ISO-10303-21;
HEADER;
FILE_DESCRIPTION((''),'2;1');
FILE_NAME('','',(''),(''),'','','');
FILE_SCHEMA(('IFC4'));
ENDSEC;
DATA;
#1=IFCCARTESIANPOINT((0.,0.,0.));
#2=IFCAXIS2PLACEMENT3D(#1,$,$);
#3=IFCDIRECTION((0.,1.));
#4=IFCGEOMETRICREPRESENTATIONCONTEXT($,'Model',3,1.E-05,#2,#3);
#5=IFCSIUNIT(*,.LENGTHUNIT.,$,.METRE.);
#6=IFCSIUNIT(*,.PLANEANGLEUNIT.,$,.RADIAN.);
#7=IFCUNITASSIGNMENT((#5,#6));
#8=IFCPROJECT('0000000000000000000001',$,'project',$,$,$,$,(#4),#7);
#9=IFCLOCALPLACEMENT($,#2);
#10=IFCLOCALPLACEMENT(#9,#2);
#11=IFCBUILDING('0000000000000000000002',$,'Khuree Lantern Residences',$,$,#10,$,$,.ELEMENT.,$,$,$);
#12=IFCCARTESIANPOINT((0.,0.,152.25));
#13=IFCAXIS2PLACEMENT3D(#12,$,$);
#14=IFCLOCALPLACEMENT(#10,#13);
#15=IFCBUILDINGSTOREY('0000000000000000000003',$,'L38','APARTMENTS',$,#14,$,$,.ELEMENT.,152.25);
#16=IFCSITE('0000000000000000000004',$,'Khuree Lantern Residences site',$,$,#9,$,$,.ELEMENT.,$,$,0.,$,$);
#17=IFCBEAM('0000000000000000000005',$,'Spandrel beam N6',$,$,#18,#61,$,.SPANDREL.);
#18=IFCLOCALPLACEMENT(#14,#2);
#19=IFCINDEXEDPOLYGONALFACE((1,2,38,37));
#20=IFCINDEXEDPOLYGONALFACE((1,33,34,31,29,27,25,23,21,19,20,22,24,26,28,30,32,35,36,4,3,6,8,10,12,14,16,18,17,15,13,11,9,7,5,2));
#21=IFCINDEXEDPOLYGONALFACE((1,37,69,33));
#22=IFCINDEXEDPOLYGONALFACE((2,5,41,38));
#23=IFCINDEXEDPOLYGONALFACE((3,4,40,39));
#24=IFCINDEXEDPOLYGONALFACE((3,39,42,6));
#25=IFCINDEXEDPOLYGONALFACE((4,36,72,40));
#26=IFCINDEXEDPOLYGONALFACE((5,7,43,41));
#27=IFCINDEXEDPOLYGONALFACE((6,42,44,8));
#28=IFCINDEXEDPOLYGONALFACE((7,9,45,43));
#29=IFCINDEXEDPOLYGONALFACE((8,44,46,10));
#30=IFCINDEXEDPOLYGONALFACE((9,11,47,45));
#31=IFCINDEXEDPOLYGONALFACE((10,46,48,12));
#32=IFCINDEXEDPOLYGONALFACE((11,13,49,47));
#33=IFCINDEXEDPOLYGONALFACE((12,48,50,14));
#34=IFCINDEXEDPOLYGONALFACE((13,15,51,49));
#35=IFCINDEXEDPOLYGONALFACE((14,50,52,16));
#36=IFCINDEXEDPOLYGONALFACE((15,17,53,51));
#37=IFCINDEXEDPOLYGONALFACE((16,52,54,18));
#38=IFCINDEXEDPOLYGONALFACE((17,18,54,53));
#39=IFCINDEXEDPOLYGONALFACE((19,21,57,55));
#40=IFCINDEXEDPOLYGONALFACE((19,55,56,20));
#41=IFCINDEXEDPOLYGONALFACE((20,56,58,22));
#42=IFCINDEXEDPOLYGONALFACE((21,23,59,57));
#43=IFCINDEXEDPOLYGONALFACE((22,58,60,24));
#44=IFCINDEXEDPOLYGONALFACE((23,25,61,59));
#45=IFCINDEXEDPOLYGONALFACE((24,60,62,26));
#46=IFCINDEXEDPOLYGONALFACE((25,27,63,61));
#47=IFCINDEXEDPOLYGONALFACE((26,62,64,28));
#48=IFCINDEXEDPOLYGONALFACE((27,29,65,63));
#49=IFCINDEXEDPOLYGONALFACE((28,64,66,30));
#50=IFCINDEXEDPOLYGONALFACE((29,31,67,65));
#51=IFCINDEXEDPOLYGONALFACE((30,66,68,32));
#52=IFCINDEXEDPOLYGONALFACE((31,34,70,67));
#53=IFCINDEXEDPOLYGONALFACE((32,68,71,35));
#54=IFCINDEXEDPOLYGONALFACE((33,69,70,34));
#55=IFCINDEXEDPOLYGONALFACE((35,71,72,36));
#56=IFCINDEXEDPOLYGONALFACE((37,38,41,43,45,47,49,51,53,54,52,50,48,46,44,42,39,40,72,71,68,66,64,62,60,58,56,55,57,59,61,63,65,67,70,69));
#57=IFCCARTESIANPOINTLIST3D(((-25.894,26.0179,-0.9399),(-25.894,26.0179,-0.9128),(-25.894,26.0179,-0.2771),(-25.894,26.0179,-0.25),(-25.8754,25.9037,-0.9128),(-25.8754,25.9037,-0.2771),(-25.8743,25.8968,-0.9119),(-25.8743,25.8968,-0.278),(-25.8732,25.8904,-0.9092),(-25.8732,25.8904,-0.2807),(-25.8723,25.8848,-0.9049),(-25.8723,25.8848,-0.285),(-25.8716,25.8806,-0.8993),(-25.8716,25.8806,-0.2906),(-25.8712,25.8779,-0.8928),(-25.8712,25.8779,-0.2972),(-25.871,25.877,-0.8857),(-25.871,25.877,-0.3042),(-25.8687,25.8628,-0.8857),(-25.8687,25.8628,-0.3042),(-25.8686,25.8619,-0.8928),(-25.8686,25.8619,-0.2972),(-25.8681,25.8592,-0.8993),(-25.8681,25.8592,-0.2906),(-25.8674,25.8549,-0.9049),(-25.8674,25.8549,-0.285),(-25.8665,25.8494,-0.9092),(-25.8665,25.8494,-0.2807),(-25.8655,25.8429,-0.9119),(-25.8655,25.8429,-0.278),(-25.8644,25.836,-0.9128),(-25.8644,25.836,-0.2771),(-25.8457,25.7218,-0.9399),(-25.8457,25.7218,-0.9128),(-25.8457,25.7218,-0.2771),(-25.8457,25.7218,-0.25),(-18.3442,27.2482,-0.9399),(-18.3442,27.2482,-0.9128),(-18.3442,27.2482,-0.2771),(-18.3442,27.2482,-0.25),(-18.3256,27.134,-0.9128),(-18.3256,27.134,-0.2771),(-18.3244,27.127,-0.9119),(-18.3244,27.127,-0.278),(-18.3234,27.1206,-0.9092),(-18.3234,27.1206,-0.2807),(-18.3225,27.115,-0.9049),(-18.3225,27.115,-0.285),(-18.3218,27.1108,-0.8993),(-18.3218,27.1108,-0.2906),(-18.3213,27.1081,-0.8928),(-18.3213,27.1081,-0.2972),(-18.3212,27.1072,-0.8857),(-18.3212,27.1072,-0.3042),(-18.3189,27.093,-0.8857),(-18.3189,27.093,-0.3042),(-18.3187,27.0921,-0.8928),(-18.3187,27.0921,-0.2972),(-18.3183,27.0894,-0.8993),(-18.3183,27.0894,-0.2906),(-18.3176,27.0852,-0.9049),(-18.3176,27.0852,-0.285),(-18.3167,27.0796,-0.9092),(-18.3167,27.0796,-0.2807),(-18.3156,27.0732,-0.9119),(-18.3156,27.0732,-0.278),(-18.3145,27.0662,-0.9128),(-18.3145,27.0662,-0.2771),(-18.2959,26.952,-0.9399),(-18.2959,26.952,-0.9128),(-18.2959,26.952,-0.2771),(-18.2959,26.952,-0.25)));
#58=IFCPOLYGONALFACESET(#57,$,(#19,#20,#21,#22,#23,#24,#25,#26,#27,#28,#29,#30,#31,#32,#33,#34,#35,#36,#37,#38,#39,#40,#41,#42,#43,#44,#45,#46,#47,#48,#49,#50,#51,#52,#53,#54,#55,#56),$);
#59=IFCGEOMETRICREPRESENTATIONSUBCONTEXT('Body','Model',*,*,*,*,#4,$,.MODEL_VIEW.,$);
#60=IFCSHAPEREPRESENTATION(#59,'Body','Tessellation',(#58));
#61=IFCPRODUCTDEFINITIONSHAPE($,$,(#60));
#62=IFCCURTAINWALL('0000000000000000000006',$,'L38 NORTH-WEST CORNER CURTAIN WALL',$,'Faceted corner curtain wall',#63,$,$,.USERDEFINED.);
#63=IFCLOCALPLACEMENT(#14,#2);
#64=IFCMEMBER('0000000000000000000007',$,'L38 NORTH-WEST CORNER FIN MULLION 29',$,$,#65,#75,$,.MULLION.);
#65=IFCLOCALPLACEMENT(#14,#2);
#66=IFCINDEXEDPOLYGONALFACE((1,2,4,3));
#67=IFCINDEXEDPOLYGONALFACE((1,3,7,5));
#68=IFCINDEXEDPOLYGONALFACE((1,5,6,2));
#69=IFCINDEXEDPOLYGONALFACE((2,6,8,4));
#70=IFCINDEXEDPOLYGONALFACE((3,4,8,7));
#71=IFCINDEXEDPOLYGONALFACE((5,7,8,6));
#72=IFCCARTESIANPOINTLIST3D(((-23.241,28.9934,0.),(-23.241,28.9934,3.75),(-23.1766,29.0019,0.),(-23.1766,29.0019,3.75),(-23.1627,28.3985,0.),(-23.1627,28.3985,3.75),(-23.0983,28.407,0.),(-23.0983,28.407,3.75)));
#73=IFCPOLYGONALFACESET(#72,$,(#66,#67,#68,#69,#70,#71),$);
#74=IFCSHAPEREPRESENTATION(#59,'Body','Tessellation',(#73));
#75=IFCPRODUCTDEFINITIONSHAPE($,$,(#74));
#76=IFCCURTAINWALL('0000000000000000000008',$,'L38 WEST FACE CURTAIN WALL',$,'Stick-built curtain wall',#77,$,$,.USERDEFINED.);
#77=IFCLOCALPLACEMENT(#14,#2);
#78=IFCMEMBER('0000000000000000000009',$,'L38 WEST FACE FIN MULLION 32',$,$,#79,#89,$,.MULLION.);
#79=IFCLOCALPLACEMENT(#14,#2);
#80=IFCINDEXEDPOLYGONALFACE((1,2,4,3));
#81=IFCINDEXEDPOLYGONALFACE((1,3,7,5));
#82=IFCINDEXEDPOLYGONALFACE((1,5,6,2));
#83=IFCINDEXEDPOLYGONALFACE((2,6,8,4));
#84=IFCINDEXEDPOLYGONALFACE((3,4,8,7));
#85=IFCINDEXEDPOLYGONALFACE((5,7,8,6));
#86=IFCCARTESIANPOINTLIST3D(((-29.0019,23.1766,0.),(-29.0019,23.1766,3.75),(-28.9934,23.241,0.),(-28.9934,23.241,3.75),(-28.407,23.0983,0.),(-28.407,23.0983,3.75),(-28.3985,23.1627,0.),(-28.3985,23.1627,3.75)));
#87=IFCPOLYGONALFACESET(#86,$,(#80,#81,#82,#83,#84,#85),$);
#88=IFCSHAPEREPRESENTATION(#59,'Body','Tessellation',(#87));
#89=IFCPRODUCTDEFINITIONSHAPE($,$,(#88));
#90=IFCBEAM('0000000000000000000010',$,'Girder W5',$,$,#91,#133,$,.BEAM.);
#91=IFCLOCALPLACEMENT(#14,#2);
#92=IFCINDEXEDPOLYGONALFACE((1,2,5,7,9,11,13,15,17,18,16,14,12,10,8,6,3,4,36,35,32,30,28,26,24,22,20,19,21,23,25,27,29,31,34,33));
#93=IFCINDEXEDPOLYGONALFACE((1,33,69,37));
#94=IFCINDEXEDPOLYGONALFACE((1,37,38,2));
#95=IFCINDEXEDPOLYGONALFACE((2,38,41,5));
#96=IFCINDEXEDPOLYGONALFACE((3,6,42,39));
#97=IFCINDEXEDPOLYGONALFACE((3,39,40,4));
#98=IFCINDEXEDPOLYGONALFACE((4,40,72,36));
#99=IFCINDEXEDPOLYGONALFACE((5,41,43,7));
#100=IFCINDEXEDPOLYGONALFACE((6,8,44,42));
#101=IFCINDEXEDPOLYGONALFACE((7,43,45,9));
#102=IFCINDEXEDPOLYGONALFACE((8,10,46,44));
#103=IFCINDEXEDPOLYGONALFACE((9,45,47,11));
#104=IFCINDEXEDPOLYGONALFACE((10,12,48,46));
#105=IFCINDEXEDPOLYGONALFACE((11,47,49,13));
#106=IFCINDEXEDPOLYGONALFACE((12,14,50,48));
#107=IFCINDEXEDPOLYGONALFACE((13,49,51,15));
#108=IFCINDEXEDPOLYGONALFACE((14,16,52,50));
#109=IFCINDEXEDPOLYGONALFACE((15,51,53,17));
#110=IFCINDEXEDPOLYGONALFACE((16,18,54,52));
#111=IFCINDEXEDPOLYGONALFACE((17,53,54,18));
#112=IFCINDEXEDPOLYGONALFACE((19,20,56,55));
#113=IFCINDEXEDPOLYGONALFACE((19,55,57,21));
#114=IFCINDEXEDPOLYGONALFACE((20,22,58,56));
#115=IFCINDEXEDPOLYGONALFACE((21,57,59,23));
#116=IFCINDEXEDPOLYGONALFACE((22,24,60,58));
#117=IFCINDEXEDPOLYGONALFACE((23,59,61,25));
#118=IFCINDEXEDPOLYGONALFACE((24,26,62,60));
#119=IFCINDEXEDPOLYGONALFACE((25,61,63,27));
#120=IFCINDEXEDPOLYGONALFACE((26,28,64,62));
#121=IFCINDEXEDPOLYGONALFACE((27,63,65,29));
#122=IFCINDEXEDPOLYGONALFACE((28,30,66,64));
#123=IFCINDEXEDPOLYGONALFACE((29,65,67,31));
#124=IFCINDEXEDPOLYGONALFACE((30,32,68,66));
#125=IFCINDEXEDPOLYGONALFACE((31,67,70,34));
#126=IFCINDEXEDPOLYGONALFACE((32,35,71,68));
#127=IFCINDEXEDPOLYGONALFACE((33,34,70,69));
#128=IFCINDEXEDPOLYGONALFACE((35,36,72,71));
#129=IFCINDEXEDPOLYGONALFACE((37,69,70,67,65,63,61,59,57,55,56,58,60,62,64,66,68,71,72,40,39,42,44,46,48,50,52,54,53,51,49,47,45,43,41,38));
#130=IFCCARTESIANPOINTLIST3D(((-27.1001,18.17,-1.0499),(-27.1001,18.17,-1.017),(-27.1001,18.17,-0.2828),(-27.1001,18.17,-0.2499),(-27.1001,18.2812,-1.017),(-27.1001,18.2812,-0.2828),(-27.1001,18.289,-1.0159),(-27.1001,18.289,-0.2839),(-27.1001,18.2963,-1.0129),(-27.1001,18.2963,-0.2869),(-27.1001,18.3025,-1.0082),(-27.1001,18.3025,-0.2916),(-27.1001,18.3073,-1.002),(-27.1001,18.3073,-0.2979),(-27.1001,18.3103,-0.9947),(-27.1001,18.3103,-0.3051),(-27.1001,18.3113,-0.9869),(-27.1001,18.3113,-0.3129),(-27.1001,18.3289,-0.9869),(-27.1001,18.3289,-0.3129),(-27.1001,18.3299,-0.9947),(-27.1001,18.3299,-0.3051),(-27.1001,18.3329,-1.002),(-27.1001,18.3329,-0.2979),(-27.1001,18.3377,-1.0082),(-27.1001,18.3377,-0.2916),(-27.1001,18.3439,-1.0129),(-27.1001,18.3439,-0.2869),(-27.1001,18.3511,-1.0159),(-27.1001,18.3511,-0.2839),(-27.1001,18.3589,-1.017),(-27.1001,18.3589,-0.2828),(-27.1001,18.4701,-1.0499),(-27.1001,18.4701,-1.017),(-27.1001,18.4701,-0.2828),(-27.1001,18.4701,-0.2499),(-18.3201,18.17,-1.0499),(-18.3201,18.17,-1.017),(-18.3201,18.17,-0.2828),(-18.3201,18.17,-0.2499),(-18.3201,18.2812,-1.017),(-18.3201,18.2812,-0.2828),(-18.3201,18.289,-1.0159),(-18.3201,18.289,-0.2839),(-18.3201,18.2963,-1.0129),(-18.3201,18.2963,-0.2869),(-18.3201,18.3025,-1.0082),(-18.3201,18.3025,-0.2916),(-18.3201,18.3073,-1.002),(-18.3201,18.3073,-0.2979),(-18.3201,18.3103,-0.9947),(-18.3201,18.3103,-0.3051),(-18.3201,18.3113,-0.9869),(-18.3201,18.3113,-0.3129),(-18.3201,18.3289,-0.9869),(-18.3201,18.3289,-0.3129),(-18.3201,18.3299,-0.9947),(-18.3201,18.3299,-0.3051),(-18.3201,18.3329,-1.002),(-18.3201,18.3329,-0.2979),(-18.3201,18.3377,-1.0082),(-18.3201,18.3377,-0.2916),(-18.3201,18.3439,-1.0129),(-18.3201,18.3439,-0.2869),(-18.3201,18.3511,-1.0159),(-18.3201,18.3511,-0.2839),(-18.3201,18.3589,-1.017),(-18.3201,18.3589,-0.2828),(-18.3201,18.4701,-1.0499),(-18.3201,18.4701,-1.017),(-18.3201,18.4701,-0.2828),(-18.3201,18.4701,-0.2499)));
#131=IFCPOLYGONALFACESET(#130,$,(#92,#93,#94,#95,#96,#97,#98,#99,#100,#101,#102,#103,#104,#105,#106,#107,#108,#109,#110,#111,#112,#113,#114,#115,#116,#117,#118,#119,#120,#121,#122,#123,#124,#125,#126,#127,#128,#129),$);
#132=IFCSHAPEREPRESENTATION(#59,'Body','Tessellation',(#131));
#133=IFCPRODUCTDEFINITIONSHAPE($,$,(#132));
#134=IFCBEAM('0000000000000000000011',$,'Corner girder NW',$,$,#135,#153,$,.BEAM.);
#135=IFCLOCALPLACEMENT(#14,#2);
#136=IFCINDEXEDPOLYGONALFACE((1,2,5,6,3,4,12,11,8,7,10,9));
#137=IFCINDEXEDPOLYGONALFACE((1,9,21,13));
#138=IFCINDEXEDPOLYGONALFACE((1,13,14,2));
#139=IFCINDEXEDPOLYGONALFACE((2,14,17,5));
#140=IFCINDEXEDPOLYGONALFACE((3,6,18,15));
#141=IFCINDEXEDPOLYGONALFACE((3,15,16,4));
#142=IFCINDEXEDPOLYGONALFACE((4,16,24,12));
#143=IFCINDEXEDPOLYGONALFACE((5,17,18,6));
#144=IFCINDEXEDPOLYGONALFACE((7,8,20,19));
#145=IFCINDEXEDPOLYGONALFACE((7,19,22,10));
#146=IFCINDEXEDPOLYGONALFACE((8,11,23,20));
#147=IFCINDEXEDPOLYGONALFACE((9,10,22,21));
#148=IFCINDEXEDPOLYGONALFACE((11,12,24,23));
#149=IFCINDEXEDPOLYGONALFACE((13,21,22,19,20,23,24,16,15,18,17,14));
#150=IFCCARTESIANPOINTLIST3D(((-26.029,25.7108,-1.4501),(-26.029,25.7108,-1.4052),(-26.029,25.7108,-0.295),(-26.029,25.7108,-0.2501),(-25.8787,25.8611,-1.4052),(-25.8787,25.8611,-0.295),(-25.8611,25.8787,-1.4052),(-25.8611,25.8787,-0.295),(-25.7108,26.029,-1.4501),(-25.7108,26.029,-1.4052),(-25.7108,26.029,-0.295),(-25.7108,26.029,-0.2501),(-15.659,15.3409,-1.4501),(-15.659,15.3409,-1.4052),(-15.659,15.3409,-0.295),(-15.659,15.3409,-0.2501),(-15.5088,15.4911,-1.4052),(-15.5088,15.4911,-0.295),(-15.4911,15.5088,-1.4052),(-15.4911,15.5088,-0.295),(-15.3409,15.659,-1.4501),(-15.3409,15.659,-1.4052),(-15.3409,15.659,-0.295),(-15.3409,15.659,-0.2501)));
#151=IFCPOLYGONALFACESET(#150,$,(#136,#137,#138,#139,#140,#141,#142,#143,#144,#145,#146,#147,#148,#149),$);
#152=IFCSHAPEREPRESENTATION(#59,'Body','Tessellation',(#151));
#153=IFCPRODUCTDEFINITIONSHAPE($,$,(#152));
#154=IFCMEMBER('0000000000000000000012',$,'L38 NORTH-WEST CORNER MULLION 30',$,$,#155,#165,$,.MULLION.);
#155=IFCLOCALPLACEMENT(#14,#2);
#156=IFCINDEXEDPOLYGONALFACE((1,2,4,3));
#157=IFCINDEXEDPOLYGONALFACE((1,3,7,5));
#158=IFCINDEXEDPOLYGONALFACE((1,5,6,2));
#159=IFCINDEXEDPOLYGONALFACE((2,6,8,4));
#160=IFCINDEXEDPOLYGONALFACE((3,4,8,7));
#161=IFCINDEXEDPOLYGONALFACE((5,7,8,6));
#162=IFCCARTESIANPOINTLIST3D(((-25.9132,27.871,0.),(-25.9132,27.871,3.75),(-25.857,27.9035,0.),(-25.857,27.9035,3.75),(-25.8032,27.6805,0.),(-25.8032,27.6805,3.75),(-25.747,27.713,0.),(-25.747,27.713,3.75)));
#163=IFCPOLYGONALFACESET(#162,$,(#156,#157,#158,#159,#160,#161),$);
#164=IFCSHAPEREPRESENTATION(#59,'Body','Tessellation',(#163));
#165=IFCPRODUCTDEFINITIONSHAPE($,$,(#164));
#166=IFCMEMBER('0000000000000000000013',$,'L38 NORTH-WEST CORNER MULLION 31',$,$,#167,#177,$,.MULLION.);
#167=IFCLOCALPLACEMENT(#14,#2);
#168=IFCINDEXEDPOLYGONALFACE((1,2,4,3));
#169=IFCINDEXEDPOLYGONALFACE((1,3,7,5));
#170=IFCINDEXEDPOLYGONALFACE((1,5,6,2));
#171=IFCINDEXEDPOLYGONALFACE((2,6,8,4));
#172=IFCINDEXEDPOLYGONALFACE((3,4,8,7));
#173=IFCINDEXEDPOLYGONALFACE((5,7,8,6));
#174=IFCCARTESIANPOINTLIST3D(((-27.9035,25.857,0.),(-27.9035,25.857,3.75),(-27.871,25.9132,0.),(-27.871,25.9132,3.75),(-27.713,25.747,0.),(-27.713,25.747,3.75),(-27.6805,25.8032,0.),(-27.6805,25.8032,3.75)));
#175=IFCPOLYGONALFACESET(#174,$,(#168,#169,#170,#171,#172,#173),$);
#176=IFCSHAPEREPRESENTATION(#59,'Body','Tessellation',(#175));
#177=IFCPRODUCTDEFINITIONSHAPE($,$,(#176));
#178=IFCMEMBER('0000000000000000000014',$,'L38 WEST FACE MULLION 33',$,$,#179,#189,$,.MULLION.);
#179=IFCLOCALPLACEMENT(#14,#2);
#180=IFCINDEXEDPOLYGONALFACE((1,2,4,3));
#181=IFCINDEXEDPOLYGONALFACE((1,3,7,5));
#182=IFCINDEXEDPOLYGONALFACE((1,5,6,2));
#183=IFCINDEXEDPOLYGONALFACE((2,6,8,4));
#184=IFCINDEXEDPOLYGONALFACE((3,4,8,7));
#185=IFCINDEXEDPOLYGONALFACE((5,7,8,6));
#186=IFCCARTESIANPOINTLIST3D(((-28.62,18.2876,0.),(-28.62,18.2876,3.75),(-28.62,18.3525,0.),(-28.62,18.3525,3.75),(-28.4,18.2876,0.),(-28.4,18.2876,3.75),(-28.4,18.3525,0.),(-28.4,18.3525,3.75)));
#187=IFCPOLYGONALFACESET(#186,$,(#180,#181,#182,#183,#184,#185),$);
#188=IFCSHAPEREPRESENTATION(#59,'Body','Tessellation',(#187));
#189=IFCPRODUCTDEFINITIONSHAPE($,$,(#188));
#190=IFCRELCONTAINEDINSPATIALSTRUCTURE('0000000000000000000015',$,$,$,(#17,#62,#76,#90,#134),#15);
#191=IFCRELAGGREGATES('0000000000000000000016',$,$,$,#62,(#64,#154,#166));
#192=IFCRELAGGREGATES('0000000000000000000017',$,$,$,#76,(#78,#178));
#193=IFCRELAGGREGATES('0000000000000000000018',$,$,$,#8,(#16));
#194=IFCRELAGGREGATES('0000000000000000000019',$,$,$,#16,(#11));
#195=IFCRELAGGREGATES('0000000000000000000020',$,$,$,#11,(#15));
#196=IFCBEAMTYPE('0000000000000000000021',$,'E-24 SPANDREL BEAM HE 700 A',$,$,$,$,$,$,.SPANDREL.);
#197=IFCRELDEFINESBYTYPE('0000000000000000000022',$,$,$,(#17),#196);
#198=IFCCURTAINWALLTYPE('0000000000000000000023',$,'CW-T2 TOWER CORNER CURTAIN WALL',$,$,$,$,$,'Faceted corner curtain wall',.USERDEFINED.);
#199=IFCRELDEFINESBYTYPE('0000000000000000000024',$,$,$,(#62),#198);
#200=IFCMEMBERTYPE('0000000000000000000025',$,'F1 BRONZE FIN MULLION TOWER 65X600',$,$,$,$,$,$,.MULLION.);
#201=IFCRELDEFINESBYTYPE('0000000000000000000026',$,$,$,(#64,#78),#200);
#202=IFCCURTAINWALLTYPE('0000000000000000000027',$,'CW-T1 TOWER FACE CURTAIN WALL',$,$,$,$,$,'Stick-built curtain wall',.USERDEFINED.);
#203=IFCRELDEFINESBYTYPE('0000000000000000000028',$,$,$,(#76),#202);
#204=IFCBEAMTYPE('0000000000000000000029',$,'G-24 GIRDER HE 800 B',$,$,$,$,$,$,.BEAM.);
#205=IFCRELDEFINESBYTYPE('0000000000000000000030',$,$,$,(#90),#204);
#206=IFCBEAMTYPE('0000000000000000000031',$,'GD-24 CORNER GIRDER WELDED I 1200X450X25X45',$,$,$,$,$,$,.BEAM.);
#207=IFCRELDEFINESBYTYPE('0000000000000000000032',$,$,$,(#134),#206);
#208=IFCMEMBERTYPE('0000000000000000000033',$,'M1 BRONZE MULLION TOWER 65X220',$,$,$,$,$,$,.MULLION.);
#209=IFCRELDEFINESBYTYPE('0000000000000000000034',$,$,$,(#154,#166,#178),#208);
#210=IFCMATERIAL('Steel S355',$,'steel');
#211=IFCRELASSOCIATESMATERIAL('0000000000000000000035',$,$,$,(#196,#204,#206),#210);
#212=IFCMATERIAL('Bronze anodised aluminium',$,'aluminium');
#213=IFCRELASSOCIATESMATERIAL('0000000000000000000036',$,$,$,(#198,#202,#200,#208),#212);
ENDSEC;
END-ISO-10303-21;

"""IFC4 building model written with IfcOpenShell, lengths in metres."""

from ifc_helpers import new_model, si_unit, direction, frame, origin, origin_2d, place, context, subcontext, project, spatial, rectangle, i_section, extrude, material, material_profile, profile_set, type_object, element, aggregate, save


model = new_model("IFC4")

# Units and contexts
model_context = context("Model", 3, precision=1e-05, world=origin(), true_north=direction((0.0, 1.0)))
body_context = subcontext(model_context, "Body", "Model", "MODEL_VIEW")
ifc_project = project(units=[si_unit("LENGTHUNIT", "METRE"), si_unit("PLANEANGLEUNIT", "RADIAN")], contexts=[model_context])

# Site, building, storey
site_placement = place(None, origin())
site = spatial("IfcSite", under=ifc_project, at=site_placement, Name="Khuree Lantern Residences site", CompositionType="ELEMENT", RefElevation=0.0)
building_placement = place(site_placement, origin())
building = spatial("IfcBuilding", under=site, at=building_placement, Name="Khuree Lantern Residences", CompositionType="ELEMENT")
storey_placement = place(building_placement, frame((0.0, 0.0, 152.25)))
storey = spatial("IfcBuildingStorey", under=building, at=storey_placement, Name="L38", Description="APARTMENTS", CompositionType="ELEMENT", Elevation=152.25)

# Beam
ifc_material_1 = material(Name="Steel S355", Category="steel")
ifc_material_profile_1 = material_profile(ifc_material_1, i_section(OverallWidth=0.3, OverallDepth=0.6899, WebThickness=0.0144, FlangeThickness=0.0271, FilletRadius=0.0271, at=origin_2d()), Name="HE 700 A")
ifc_profile_set_1 = profile_set([ifc_material_profile_1], Name="Steel S355")
beam_type_1 = type_object("IfcBeamType", Name="E-24 SPANDREL BEAM HE 700 A", PredefinedType="SPANDREL", material=ifc_profile_set_1)
for number, where, z_axis, x_axis, name in (
    (1, (-25.8699, 25.8699, -0.595), (0.986983, 0.160827, 0.0), (-0.160827, 0.986983, 0.0), "Spandrel beam N6"),
):
    element("IfcBeam", number, at=place(storey_placement, frame(where, z_axis=z_axis, x_axis=x_axis)), inside=storey, type_object=beam_type_1, Name=name, PredefinedType="SPANDREL", context=body_context, shape_type="SweptSolid", body=[
        extrude(i_section(OverallWidth=0.3, OverallDepth=0.6899, WebThickness=0.0144, FlangeThickness=0.0271, FilletRadius=0.0271, at=origin_2d()), origin(), (0.0, 0.0, 1.0), 7.6494),
    ])

# Curtain walls, members
ifc_material_2 = material(Name="Bronze anodised aluminium", Category="aluminium")
curtain_wall_type_1 = type_object("IfcCurtainWallType", Name="CW-T2 TOWER CORNER CURTAIN WALL", ElementType="Faceted corner curtain wall", PredefinedType="USERDEFINED", material=ifc_material_2)
curtain_wall_1_placement = place(storey_placement, origin())
curtain_wall_1 = element("IfcCurtainWall", 2, at=curtain_wall_1_placement, inside=storey, type_object=curtain_wall_type_1, Name="L38 NORTH-WEST CORNER CURTAIN WALL", ObjectType="Faceted corner curtain wall", PredefinedType="USERDEFINED")
ifc_material_profile_2 = material_profile(ifc_material_2, rectangle(XDim=0.0649, YDim=0.6001, at=origin_2d()), Name="F1 65X600")
ifc_profile_set_2 = profile_set([ifc_material_profile_2], Name="Bronze anodised aluminium")
member_type_1 = type_object("IfcMemberType", Name="F1 BRONZE FIN MULLION TOWER 65X600", PredefinedType="MULLION", material=ifc_profile_set_2)
member_1_placement = place(storey_placement, frame((-23.1697, 28.7002, 0.0), z_axis=(0.0, 0.0, 1.0), x_axis=(-0.991445, -0.130526, 0.0)))
member_1 = element("IfcMember", 3, at=member_1_placement, type_object=member_type_1, Name="L38 NORTH-WEST CORNER FIN MULLION 29", PredefinedType="MULLION", context=body_context, shape_type="SweptSolid", body=[
    extrude(rectangle(XDim=0.0649, YDim=0.6001, at=origin_2d()), origin(), (0.0, 0.0, 1.0), 3.75),
])
curtain_wall_type_2 = type_object("IfcCurtainWallType", Name="CW-T1 TOWER FACE CURTAIN WALL", ElementType="Stick-built curtain wall", PredefinedType="USERDEFINED", material=ifc_material_2)
curtain_wall_2_placement = place(storey_placement, origin())
curtain_wall_2 = element("IfcCurtainWall", 4, at=curtain_wall_2_placement, inside=storey, type_object=curtain_wall_type_2, Name="L38 WEST FACE CURTAIN WALL", ObjectType="Stick-built curtain wall", PredefinedType="USERDEFINED")
member_2_placement = place(storey_placement, frame((-28.7002, 23.1697, 0.0), z_axis=(0.0, 0.0, 1.0), x_axis=(-0.130526, -0.991445, 0.0)))
member_2 = element("IfcMember", 5, at=member_2_placement, type_object=member_type_1, Name="L38 WEST FACE FIN MULLION 32", PredefinedType="MULLION", context=body_context, shape_type="SweptSolid", body=[
    extrude(rectangle(XDim=0.0649, YDim=0.6001, at=origin_2d()), origin(), (0.0, 0.0, 1.0), 3.75),
])

# Beams
ifc_material_profile_3 = material_profile(ifc_material_1, i_section(OverallWidth=0.3, OverallDepth=0.8, WebThickness=0.0176, FlangeThickness=0.033, FilletRadius=0.03, at=origin_2d()), Name="HE 800 B")
ifc_profile_set_3 = profile_set([ifc_material_profile_3], Name="Steel S355")
beam_type_2 = type_object("IfcBeamType", Name="G-24 GIRDER HE 800 B", PredefinedType="BEAM", material=ifc_profile_set_3)
beam_1_placement = place(storey_placement, frame((-27.1001, 18.3201, -0.6499), z_axis=(1.0, 0.0, 0.0), x_axis=(0.0, 1.0, 0.0)))
element("IfcBeam", 6, at=beam_1_placement, inside=storey, type_object=beam_type_2, Name="Girder W5", PredefinedType="BEAM", context=body_context, shape_type="SweptSolid", body=[
    extrude(i_section(OverallWidth=0.3, OverallDepth=0.8, WebThickness=0.0176, FlangeThickness=0.033, FilletRadius=0.03, at=origin_2d()), origin(), (0.0, 0.0, 1.0), 8.78),
])
ifc_material_profile_4 = material_profile(ifc_material_1, i_section(OverallWidth=0.45, OverallDepth=1.2, WebThickness=0.0249, FlangeThickness=0.0449, at=origin_2d()), Name="WELDED I 1200X450X25X45")
ifc_profile_set_4 = profile_set([ifc_material_profile_4], Name="Steel S355")
beam_type_3 = type_object("IfcBeamType", Name="GD-24 CORNER GIRDER WELDED I 1200X450X25X45", PredefinedType="BEAM", material=ifc_profile_set_4)
beam_2_placement = place(storey_placement, frame((-25.8699, 25.8699, -0.8501), z_axis=(0.707107, -0.707107, 0.0), x_axis=(0.707107, 0.707107, 0.0)))
element("IfcBeam", 7, at=beam_2_placement, inside=storey, type_object=beam_type_3, Name="Corner girder NW", PredefinedType="BEAM", context=body_context, shape_type="SweptSolid", body=[
    extrude(i_section(OverallWidth=0.45, OverallDepth=1.2, WebThickness=0.0249, FlangeThickness=0.0449, at=origin_2d()), origin(), (0.0, 0.0, 1.0), 14.6653),
])

# Members
ifc_material_profile_5 = material_profile(ifc_material_2, rectangle(XDim=0.0649, YDim=0.22, at=origin_2d()), Name="M1 65X220")
ifc_profile_set_5 = profile_set([ifc_material_profile_5], Name="Bronze anodised aluminium")
member_type_2 = type_object("IfcMemberType", Name="M1 BRONZE MULLION TOWER 65X220", PredefinedType="MULLION", material=ifc_profile_set_5)
member_3_placement = place(storey_placement, frame((-25.8301, 27.792, 0.0), z_axis=(0.0, 0.0, 1.0), x_axis=(-0.866025, -0.5, 0.0)))
member_3 = element("IfcMember", 8, at=member_3_placement, type_object=member_type_2, Name="L38 NORTH-WEST CORNER MULLION 30", PredefinedType="MULLION", context=body_context, shape_type="SweptSolid", body=[
    extrude(rectangle(XDim=0.0649, YDim=0.22, at=origin_2d()), origin(), (0.0, 0.0, 1.0), 3.75),
])
member_4_placement = place(storey_placement, frame((-27.792, 25.8301, 0.0), z_axis=(0.0, 0.0, 1.0), x_axis=(-0.5, -0.866025, 0.0)))
member_4 = element("IfcMember", 9, at=member_4_placement, type_object=member_type_2, Name="L38 NORTH-WEST CORNER MULLION 31", PredefinedType="MULLION", context=body_context, shape_type="SweptSolid", body=[
    extrude(rectangle(XDim=0.0649, YDim=0.22, at=origin_2d()), origin(), (0.0, 0.0, 1.0), 3.75),
])
member_5_placement = place(storey_placement, frame((-28.51, 18.3201, 0.0), z_axis=(0.0, 0.0, 1.0), x_axis=(0.0, -1.0, 0.0)))
member_5 = element("IfcMember", 10, at=member_5_placement, type_object=member_type_2, Name="L38 WEST FACE MULLION 33", PredefinedType="MULLION", context=body_context, shape_type="SweptSolid", body=[
    extrude(rectangle(XDim=0.0649, YDim=0.22, at=origin_2d()), origin(), (0.0, 0.0, 1.0), 3.75),
])

aggregate(curtain_wall_1, [member_1, member_3, member_4])

aggregate(curtain_wall_2, [member_2, member_5])

save(model, "model.ifc")
